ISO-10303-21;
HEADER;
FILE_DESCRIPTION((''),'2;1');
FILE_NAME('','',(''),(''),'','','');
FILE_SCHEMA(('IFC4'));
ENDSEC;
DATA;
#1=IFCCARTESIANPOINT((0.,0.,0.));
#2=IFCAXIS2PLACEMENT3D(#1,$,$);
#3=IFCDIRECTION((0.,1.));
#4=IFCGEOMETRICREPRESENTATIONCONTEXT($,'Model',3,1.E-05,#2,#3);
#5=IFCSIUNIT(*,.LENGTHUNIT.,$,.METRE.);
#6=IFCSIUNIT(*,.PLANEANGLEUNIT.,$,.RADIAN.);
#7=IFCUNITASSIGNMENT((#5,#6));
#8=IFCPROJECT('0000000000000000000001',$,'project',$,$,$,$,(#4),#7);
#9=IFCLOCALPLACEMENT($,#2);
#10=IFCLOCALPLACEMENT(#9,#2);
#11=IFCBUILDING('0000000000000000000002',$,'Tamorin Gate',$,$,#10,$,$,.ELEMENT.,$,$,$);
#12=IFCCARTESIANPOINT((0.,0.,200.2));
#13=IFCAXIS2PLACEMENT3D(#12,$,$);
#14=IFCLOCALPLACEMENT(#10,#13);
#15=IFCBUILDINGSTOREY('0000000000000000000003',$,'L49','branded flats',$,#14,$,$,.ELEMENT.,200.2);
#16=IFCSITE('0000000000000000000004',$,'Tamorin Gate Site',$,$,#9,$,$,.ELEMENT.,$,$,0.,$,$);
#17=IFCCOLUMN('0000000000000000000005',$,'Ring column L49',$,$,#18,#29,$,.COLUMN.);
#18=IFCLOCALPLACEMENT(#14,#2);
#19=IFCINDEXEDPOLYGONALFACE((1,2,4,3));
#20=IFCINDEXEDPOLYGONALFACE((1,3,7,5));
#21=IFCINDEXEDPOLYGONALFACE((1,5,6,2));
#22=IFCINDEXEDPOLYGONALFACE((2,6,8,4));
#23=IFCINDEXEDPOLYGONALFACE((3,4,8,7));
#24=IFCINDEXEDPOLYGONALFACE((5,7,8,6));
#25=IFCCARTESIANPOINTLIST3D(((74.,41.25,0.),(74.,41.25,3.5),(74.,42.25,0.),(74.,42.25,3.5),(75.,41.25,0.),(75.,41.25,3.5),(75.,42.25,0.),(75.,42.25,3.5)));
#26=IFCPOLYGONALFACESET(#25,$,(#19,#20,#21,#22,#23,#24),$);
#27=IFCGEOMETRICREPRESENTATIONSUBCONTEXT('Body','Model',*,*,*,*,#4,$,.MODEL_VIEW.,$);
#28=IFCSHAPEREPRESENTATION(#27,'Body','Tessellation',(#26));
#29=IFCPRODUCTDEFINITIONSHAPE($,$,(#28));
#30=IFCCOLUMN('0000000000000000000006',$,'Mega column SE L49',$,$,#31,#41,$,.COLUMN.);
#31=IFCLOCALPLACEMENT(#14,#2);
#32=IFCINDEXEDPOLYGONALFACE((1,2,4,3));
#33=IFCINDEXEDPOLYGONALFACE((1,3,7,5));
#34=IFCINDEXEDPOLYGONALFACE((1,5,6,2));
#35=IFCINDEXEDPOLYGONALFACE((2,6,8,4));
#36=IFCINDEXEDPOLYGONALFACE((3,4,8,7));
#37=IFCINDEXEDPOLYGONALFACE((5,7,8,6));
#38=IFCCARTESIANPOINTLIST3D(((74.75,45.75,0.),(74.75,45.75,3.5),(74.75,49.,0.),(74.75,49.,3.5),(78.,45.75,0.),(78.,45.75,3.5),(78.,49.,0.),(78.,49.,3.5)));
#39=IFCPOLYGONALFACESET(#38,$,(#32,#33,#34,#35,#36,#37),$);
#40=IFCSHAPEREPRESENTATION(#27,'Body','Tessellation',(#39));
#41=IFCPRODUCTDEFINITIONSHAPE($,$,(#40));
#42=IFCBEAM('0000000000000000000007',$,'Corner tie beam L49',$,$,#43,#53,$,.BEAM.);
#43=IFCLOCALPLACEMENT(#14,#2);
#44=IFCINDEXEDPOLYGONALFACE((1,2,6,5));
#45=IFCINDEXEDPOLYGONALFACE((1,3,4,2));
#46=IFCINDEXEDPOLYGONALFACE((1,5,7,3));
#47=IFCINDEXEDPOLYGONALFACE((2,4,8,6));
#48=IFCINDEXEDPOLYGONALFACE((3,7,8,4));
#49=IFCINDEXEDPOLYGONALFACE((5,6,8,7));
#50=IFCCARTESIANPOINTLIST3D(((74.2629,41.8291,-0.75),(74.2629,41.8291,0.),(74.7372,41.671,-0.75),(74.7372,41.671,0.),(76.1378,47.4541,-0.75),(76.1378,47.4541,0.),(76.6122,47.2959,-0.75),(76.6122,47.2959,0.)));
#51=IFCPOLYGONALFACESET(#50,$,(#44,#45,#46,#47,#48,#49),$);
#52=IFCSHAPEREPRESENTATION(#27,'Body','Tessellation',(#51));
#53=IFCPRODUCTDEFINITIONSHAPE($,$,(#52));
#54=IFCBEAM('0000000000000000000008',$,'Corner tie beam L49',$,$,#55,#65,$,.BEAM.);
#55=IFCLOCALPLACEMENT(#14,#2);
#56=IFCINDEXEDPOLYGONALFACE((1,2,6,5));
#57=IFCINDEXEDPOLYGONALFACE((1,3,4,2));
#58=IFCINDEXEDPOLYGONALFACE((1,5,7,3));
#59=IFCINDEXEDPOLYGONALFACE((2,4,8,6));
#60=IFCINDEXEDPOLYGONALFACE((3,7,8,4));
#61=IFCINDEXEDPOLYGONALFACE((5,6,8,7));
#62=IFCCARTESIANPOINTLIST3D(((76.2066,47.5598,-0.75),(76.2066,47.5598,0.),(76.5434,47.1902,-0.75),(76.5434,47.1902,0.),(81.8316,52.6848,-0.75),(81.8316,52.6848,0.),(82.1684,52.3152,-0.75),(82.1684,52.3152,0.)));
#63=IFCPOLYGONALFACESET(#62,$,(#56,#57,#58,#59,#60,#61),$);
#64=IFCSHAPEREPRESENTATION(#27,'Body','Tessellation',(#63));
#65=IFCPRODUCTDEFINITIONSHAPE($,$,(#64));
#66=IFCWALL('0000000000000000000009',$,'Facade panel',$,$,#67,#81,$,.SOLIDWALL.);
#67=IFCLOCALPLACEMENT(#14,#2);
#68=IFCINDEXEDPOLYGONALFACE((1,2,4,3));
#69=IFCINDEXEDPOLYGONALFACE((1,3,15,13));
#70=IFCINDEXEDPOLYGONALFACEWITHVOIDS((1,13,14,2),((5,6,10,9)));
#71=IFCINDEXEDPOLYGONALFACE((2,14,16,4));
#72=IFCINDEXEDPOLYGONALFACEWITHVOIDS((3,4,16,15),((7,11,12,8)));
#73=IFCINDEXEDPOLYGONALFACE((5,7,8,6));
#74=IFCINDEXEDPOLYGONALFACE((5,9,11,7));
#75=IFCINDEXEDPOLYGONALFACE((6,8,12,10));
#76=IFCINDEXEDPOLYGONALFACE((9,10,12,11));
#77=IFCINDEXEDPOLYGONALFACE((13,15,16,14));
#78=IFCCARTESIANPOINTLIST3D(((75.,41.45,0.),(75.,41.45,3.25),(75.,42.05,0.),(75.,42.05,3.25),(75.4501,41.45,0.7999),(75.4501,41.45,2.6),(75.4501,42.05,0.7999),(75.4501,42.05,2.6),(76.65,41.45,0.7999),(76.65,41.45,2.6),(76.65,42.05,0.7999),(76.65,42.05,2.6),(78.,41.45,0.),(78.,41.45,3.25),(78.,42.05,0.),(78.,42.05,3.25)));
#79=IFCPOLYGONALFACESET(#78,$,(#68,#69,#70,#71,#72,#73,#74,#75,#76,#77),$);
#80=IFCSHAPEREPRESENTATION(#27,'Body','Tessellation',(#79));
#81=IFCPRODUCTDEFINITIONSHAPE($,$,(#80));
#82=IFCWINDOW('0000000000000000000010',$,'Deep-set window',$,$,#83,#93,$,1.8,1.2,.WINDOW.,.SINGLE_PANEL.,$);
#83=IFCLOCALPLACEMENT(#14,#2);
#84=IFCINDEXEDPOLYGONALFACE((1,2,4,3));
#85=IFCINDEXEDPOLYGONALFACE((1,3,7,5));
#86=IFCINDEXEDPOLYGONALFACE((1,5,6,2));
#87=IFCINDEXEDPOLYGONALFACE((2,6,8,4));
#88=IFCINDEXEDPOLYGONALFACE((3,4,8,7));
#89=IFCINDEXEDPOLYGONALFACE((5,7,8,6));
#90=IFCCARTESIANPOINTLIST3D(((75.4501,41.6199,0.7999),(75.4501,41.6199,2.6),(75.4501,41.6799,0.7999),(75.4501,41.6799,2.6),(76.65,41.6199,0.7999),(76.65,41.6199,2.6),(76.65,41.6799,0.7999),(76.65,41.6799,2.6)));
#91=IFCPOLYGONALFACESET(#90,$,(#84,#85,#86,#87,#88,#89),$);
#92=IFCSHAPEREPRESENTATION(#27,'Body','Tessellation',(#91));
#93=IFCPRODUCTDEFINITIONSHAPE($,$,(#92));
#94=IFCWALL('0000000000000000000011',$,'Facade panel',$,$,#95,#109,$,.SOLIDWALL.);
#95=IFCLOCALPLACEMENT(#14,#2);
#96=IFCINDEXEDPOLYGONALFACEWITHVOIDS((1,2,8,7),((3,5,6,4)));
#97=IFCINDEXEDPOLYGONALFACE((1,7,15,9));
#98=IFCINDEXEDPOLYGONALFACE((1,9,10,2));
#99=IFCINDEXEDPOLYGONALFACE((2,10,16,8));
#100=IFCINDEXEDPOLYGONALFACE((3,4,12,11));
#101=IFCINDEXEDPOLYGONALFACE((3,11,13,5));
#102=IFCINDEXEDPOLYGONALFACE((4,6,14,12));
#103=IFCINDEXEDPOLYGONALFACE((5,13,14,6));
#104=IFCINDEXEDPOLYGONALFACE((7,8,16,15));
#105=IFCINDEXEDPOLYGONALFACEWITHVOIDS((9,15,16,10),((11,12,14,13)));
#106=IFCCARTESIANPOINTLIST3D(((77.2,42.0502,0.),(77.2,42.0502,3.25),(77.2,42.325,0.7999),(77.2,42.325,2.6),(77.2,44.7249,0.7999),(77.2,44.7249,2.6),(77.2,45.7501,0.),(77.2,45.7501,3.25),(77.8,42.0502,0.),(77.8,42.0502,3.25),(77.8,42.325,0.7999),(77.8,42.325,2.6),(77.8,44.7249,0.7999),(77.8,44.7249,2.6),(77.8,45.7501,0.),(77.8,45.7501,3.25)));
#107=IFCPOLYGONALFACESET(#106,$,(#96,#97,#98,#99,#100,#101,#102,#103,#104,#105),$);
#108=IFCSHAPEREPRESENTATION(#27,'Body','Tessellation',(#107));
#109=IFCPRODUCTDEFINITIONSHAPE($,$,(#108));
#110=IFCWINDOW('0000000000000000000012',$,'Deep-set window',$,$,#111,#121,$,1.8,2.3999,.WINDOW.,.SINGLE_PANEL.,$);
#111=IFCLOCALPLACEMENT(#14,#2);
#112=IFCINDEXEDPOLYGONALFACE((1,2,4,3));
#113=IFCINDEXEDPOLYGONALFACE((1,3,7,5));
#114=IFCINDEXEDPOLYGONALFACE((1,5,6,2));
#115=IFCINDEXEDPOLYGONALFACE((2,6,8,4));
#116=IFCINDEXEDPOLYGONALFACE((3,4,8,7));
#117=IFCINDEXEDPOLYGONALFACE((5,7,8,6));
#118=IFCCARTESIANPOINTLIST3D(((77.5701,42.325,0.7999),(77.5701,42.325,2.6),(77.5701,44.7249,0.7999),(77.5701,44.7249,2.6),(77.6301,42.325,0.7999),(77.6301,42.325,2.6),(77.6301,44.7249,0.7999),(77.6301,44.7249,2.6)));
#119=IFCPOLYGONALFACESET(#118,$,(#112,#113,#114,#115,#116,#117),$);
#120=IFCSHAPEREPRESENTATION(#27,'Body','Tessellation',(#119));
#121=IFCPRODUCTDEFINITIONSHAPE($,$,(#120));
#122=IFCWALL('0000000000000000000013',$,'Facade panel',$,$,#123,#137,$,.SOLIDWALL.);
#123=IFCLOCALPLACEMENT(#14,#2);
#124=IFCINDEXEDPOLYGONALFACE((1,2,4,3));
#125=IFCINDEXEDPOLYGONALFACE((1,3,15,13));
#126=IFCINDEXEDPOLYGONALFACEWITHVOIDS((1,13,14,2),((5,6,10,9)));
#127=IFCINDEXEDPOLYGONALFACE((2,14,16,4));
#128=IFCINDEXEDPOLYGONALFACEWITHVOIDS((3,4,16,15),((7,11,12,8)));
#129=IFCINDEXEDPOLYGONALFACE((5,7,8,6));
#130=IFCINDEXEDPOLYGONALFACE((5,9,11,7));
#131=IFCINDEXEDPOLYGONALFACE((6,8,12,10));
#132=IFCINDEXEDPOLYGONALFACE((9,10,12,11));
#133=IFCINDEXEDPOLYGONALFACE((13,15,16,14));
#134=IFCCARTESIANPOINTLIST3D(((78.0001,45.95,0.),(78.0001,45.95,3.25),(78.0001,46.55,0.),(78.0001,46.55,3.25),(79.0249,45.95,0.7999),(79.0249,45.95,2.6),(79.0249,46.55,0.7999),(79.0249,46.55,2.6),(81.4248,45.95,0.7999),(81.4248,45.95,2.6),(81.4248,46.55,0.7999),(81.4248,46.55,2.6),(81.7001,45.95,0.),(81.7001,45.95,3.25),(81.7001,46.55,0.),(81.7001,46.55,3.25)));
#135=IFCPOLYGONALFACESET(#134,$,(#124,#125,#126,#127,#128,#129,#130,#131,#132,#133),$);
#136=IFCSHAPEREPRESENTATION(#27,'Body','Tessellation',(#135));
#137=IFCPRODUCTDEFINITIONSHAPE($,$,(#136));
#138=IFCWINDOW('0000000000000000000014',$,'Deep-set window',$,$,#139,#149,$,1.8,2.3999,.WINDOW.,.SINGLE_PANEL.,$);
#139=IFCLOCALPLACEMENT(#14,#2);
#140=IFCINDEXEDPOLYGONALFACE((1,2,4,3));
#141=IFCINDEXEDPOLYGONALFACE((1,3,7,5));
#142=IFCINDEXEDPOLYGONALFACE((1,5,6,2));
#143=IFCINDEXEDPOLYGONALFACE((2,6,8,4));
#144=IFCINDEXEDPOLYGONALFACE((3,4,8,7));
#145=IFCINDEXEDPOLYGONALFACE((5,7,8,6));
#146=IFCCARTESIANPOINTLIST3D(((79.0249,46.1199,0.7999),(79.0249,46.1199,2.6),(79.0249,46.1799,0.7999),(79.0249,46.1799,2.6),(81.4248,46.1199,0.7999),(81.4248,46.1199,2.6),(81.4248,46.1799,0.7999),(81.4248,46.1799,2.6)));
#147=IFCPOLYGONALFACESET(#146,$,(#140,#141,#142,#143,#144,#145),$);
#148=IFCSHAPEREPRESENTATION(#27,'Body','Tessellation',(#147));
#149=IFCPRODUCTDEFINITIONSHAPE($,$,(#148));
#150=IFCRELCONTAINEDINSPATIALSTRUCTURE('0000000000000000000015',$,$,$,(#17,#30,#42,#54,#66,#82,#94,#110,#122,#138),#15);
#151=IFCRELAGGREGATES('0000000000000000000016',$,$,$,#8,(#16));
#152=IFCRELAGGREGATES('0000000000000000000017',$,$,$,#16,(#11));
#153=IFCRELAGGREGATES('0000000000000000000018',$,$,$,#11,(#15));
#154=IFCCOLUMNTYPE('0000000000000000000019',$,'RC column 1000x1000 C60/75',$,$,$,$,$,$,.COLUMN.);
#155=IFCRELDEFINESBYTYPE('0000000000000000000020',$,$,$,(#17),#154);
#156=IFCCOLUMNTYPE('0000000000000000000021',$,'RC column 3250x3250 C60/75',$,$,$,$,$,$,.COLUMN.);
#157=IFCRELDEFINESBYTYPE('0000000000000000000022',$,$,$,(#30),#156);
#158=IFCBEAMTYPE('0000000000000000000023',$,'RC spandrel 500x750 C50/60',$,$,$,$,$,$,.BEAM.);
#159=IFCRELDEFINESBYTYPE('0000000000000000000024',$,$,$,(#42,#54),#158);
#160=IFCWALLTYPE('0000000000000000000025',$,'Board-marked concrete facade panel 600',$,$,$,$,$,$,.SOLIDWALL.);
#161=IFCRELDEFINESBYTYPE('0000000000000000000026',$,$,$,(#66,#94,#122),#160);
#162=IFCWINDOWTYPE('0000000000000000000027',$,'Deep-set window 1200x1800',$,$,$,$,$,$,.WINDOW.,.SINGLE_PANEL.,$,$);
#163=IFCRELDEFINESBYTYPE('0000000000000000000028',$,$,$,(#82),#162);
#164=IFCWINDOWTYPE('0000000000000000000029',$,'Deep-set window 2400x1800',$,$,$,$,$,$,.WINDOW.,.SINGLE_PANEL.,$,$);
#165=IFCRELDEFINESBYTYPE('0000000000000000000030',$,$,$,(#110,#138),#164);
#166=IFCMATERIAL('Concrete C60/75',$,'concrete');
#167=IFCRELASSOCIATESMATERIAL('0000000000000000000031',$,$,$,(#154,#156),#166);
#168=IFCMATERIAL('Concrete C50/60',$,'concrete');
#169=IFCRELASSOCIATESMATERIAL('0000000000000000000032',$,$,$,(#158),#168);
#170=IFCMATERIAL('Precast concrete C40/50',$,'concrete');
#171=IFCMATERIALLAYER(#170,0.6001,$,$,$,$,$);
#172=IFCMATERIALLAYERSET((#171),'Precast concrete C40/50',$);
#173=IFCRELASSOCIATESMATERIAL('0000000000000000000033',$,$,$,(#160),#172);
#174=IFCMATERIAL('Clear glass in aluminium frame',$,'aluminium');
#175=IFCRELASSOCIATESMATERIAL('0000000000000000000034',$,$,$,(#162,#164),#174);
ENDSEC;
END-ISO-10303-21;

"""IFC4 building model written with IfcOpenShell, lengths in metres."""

from ifc_helpers import new_model, si_unit, direction, frame, frame_2d, origin, origin_2d, place, context, subcontext, project, spatial, rectangle, extrude, material, layer, layer_set, material_profile, profile_set, type_object, element, fill, save


model = new_model("IFC4")

# Units and contexts
model_context = context("Model", 3, precision=1e-05, world=origin(), true_north=direction((0.0, 1.0)))
body_context = subcontext(model_context, "Body", "Model", "MODEL_VIEW")
ifc_project = project(units=[si_unit("LENGTHUNIT", "METRE"), si_unit("PLANEANGLEUNIT", "RADIAN")], contexts=[model_context])

# Site, building, storey
site_placement = place(None, origin())
site = spatial("IfcSite", under=ifc_project, at=site_placement, Name="Tamorin Gate Site", CompositionType="ELEMENT", RefElevation=0.0)
building_placement = place(site_placement, origin())
building = spatial("IfcBuilding", under=site, at=building_placement, Name="Tamorin Gate", CompositionType="ELEMENT")
storey_placement = place(building_placement, frame((0.0, 0.0, 200.2)))
storey = spatial("IfcBuildingStorey", under=building, at=storey_placement, Name="L49", Description="branded flats", CompositionType="ELEMENT", Elevation=200.2)

# Columns
ifc_material_1 = material(Name="Concrete C60/75", Category="concrete")
ifc_material_profile_1 = material_profile(ifc_material_1, rectangle(XDim=1.0, YDim=1.0, at=origin_2d()), Name="RC 1000x1000")
ifc_profile_set_1 = profile_set([ifc_material_profile_1], Name="Concrete C60/75")
column_type_1 = type_object("IfcColumnType", Name="RC column 1000x1000 C60/75", PredefinedType="COLUMN", material=ifc_profile_set_1)
column_1_placement = place(storey_placement, frame((74.5, 41.75, 0.0), z_axis=(0.0, 0.0, 1.0), x_axis=(1.0, 0.0, 0.0)))
element("IfcColumn", 1, at=column_1_placement, inside=storey, type_object=column_type_1, Name="Ring column L49", PredefinedType="COLUMN", context=body_context, shape_type="SweptSolid", body=[
    extrude(rectangle(XDim=1.0, YDim=1.0, at=origin_2d()), origin(), (0.0, 0.0, 1.0), 3.5),
])
ifc_material_profile_2 = material_profile(ifc_material_1, rectangle(XDim=3.25, YDim=3.25, at=origin_2d()), Name="RC 3250x3250")
ifc_profile_set_2 = profile_set([ifc_material_profile_2], Name="Concrete C60/75")
column_type_2 = type_object("IfcColumnType", Name="RC column 3250x3250 C60/75", PredefinedType="COLUMN", material=ifc_profile_set_2)
column_2_placement = place(storey_placement, frame((76.375, 47.375, 0.0), z_axis=(0.0, 0.0, 1.0), x_axis=(1.0, 0.0, 0.0)))
element("IfcColumn", 2, at=column_2_placement, inside=storey, type_object=column_type_2, Name="Mega column SE L49", PredefinedType="COLUMN", context=body_context, shape_type="SweptSolid", body=[
    extrude(rectangle(XDim=3.25, YDim=3.25, at=origin_2d()), origin(), (0.0, 0.0, 1.0), 3.5),
])

# Beams
ifc_material_2 = material(Name="Concrete C50/60", Category="concrete")
ifc_material_profile_3 = material_profile(ifc_material_2, rectangle(XDim=0.5, YDim=0.75, at=origin_2d()), Name="RC 500x750")
ifc_profile_set_3 = profile_set([ifc_material_profile_3], Name="Concrete C50/60")
beam_type = type_object("IfcBeamType", Name="RC spandrel 500x750 C50/60", PredefinedType="BEAM", material=ifc_profile_set_3)
beam_1_placement = place(storey_placement, frame((76.375, 47.375, -0.375), z_axis=(-0.316228, -0.948683, 0.0), x_axis=(0.948683, -0.316228, 0.0)))
element("IfcBeam", 3, at=beam_1_placement, inside=storey, type_object=beam_type, Name="Corner tie beam L49", PredefinedType="BEAM", context=body_context, shape_type="SweptSolid", body=[
    extrude(rectangle(XDim=0.5, YDim=0.75, at=origin_2d()), origin(), (0.0, 0.0, 1.0), 5.9292),
])
beam_2_placement = place(storey_placement, frame((76.375, 47.375, -0.375), z_axis=(0.739196, 0.67349, 0.0), x_axis=(-0.67349, 0.739196, 0.0)))
element("IfcBeam", 4, at=beam_2_placement, inside=storey, type_object=beam_type, Name="Corner tie beam L49", PredefinedType="BEAM", context=body_context, shape_type="SweptSolid", body=[
    extrude(rectangle(XDim=0.5, YDim=0.75, at=origin_2d()), origin(), (0.0, 0.0, 1.0), 7.6096),
])

# Walls, openings, windows
ifc_material_3 = material(Name="Precast concrete C40/50", Category="concrete")
ifc_layer = layer(ifc_material_3, 0.6001)
ifc_layer_set = layer_set([ifc_layer], Name="Precast concrete C40/50")
wall_type = type_object("IfcWallType", Name="Board-marked concrete facade panel 600", PredefinedType="SOLIDWALL", material=ifc_layer_set)
wall_1_placement = place(storey_placement, frame((75.0, 41.75, 0.0), z_axis=(0.0, 0.0, 1.0), x_axis=(1.0, 0.0, 0.0)))
wall_1 = element("IfcWall", 5, at=wall_1_placement, inside=storey, type_object=wall_type, Name="Facade panel", PredefinedType="SOLIDWALL", context=body_context, shape_type="SweptSolid", body=[
    extrude(rectangle(XDim=3.0, YDim=0.6001, at=frame_2d((1.5, 0.0))), origin(), (0.0, 0.0, 1.0), 3.25),
])
opening_1_placement = place(wall_1_placement, frame((0.45, 0.0, 0.8)))
opening_1 = element("IfcOpeningElement", 6, at=opening_1_placement, cuts=wall_1, PredefinedType="OPENING", context=body_context, shape_type="SweptSolid", body=[
    extrude(rectangle(XDim=1.2, YDim=1.8, at=frame_2d((0.6001, 0.8999))), frame((0.0, 0.3101, 0.0), z_axis=(0.0, -1.0, 0.0), x_axis=(1.0, 0.0, 0.0)), (0.0, 0.0, 1.0), 0.6201),
])
ifc_material_4 = material(Name="Clear glass in aluminium frame", Category="aluminium")
window_type_1 = type_object("IfcWindowType", Name="Deep-set window 1200x1800", PartitioningType="SINGLE_PANEL", PredefinedType="WINDOW", material=ifc_material_4)
window_1_placement = place(opening_1_placement, origin())
window_1 = element("IfcWindow", 7, at=window_1_placement, inside=storey, type_object=window_type_1, Name="Deep-set window", OverallHeight=1.8, OverallWidth=1.2, PartitioningType="SINGLE_PANEL", PredefinedType="WINDOW", context=body_context, shape_type="SweptSolid", body=[
    extrude(rectangle(XDim=1.2, YDim=1.8, at=frame_2d((0.6001, 0.8999))), frame((0.0, -0.0701, 0.0), z_axis=(0.0, -1.0, 0.0), x_axis=(1.0, 0.0, 0.0)), (0.0, 0.0, 1.0), 0.0601),
])
fill(opening_1, window_1)
wall_2_placement = place(storey_placement, frame((77.5, 42.05, 0.0), z_axis=(0.0, 0.0, 1.0), x_axis=(0.0, 1.0, 0.0)))
wall_2 = element("IfcWall", 8, at=wall_2_placement, inside=storey, type_object=wall_type, Name="Facade panel", PredefinedType="SOLIDWALL", context=body_context, shape_type="SweptSolid", body=[
    extrude(rectangle(XDim=3.7, YDim=0.6001, at=frame_2d((1.8501, 0.0))), origin(), (0.0, 0.0, 1.0), 3.25),
])
opening_2_placement = place(wall_2_placement, frame((0.2749, 0.0, 0.8)))
opening_2 = element("IfcOpeningElement", 9, at=opening_2_placement, cuts=wall_2, PredefinedType="OPENING", context=body_context, shape_type="SweptSolid", body=[
    extrude(rectangle(XDim=2.3999, YDim=1.8, at=frame_2d((1.2, 0.8999))), frame((0.0, 0.3101, 0.0), z_axis=(0.0, -1.0, 0.0), x_axis=(1.0, 0.0, 0.0)), (0.0, 0.0, 1.0), 0.6201),
])
window_type_2 = type_object("IfcWindowType", Name="Deep-set window 2400x1800", PartitioningType="SINGLE_PANEL", PredefinedType="WINDOW", material=ifc_material_4)
window_2_placement = place(opening_2_placement, origin())
window_2 = element("IfcWindow", 10, at=window_2_placement, inside=storey, type_object=window_type_2, Name="Deep-set window", OverallHeight=1.8, OverallWidth=2.3999, PartitioningType="SINGLE_PANEL", PredefinedType="WINDOW", context=body_context, shape_type="SweptSolid", body=[
    extrude(rectangle(XDim=2.3999, YDim=1.8, at=frame_2d((1.2, 0.8999))), frame((0.0, -0.0701, 0.0), z_axis=(0.0, -1.0, 0.0), x_axis=(1.0, 0.0, 0.0)), (0.0, 0.0, 1.0), 0.0601),
])
fill(opening_2, window_2)
wall_3_placement = place(storey_placement, frame((78.0, 46.25, 0.0), z_axis=(0.0, 0.0, 1.0), x_axis=(1.0, 0.0, 0.0)))
wall_3 = element("IfcWall", 11, at=wall_3_placement, inside=storey, type_object=wall_type, Name="Facade panel", PredefinedType="SOLIDWALL", context=body_context, shape_type="SweptSolid", body=[
    extrude(rectangle(XDim=3.7, YDim=0.6001, at=frame_2d((1.8501, 0.0))), origin(), (0.0, 0.0, 1.0), 3.25),
])
opening_3_placement = place(wall_3_placement, frame((1.0249, 0.0, 0.8)))
opening_3 = element("IfcOpeningElement", 12, at=opening_3_placement, cuts=wall_3, PredefinedType="OPENING", context=body_context, shape_type="SweptSolid", body=[
    extrude(rectangle(XDim=2.3999, YDim=1.8, at=frame_2d((1.2, 0.8999))), frame((0.0, 0.3101, 0.0), z_axis=(0.0, -1.0, 0.0), x_axis=(1.0, 0.0, 0.0)), (0.0, 0.0, 1.0), 0.6201),
])
window_3_placement = place(opening_3_placement, origin())
window_3 = element("IfcWindow", 13, at=window_3_placement, inside=storey, type_object=window_type_2, Name="Deep-set window", OverallHeight=1.8, OverallWidth=2.3999, PartitioningType="SINGLE_PANEL", PredefinedType="WINDOW", context=body_context, shape_type="SweptSolid", body=[
    extrude(rectangle(XDim=2.3999, YDim=1.8, at=frame_2d((1.2, 0.8999))), frame((0.0, -0.0701, 0.0), z_axis=(0.0, -1.0, 0.0), x_axis=(1.0, 0.0, 0.0)), (0.0, 0.0, 1.0), 0.0601),
])
fill(opening_3, window_3)

save(model, "model.ifc")
